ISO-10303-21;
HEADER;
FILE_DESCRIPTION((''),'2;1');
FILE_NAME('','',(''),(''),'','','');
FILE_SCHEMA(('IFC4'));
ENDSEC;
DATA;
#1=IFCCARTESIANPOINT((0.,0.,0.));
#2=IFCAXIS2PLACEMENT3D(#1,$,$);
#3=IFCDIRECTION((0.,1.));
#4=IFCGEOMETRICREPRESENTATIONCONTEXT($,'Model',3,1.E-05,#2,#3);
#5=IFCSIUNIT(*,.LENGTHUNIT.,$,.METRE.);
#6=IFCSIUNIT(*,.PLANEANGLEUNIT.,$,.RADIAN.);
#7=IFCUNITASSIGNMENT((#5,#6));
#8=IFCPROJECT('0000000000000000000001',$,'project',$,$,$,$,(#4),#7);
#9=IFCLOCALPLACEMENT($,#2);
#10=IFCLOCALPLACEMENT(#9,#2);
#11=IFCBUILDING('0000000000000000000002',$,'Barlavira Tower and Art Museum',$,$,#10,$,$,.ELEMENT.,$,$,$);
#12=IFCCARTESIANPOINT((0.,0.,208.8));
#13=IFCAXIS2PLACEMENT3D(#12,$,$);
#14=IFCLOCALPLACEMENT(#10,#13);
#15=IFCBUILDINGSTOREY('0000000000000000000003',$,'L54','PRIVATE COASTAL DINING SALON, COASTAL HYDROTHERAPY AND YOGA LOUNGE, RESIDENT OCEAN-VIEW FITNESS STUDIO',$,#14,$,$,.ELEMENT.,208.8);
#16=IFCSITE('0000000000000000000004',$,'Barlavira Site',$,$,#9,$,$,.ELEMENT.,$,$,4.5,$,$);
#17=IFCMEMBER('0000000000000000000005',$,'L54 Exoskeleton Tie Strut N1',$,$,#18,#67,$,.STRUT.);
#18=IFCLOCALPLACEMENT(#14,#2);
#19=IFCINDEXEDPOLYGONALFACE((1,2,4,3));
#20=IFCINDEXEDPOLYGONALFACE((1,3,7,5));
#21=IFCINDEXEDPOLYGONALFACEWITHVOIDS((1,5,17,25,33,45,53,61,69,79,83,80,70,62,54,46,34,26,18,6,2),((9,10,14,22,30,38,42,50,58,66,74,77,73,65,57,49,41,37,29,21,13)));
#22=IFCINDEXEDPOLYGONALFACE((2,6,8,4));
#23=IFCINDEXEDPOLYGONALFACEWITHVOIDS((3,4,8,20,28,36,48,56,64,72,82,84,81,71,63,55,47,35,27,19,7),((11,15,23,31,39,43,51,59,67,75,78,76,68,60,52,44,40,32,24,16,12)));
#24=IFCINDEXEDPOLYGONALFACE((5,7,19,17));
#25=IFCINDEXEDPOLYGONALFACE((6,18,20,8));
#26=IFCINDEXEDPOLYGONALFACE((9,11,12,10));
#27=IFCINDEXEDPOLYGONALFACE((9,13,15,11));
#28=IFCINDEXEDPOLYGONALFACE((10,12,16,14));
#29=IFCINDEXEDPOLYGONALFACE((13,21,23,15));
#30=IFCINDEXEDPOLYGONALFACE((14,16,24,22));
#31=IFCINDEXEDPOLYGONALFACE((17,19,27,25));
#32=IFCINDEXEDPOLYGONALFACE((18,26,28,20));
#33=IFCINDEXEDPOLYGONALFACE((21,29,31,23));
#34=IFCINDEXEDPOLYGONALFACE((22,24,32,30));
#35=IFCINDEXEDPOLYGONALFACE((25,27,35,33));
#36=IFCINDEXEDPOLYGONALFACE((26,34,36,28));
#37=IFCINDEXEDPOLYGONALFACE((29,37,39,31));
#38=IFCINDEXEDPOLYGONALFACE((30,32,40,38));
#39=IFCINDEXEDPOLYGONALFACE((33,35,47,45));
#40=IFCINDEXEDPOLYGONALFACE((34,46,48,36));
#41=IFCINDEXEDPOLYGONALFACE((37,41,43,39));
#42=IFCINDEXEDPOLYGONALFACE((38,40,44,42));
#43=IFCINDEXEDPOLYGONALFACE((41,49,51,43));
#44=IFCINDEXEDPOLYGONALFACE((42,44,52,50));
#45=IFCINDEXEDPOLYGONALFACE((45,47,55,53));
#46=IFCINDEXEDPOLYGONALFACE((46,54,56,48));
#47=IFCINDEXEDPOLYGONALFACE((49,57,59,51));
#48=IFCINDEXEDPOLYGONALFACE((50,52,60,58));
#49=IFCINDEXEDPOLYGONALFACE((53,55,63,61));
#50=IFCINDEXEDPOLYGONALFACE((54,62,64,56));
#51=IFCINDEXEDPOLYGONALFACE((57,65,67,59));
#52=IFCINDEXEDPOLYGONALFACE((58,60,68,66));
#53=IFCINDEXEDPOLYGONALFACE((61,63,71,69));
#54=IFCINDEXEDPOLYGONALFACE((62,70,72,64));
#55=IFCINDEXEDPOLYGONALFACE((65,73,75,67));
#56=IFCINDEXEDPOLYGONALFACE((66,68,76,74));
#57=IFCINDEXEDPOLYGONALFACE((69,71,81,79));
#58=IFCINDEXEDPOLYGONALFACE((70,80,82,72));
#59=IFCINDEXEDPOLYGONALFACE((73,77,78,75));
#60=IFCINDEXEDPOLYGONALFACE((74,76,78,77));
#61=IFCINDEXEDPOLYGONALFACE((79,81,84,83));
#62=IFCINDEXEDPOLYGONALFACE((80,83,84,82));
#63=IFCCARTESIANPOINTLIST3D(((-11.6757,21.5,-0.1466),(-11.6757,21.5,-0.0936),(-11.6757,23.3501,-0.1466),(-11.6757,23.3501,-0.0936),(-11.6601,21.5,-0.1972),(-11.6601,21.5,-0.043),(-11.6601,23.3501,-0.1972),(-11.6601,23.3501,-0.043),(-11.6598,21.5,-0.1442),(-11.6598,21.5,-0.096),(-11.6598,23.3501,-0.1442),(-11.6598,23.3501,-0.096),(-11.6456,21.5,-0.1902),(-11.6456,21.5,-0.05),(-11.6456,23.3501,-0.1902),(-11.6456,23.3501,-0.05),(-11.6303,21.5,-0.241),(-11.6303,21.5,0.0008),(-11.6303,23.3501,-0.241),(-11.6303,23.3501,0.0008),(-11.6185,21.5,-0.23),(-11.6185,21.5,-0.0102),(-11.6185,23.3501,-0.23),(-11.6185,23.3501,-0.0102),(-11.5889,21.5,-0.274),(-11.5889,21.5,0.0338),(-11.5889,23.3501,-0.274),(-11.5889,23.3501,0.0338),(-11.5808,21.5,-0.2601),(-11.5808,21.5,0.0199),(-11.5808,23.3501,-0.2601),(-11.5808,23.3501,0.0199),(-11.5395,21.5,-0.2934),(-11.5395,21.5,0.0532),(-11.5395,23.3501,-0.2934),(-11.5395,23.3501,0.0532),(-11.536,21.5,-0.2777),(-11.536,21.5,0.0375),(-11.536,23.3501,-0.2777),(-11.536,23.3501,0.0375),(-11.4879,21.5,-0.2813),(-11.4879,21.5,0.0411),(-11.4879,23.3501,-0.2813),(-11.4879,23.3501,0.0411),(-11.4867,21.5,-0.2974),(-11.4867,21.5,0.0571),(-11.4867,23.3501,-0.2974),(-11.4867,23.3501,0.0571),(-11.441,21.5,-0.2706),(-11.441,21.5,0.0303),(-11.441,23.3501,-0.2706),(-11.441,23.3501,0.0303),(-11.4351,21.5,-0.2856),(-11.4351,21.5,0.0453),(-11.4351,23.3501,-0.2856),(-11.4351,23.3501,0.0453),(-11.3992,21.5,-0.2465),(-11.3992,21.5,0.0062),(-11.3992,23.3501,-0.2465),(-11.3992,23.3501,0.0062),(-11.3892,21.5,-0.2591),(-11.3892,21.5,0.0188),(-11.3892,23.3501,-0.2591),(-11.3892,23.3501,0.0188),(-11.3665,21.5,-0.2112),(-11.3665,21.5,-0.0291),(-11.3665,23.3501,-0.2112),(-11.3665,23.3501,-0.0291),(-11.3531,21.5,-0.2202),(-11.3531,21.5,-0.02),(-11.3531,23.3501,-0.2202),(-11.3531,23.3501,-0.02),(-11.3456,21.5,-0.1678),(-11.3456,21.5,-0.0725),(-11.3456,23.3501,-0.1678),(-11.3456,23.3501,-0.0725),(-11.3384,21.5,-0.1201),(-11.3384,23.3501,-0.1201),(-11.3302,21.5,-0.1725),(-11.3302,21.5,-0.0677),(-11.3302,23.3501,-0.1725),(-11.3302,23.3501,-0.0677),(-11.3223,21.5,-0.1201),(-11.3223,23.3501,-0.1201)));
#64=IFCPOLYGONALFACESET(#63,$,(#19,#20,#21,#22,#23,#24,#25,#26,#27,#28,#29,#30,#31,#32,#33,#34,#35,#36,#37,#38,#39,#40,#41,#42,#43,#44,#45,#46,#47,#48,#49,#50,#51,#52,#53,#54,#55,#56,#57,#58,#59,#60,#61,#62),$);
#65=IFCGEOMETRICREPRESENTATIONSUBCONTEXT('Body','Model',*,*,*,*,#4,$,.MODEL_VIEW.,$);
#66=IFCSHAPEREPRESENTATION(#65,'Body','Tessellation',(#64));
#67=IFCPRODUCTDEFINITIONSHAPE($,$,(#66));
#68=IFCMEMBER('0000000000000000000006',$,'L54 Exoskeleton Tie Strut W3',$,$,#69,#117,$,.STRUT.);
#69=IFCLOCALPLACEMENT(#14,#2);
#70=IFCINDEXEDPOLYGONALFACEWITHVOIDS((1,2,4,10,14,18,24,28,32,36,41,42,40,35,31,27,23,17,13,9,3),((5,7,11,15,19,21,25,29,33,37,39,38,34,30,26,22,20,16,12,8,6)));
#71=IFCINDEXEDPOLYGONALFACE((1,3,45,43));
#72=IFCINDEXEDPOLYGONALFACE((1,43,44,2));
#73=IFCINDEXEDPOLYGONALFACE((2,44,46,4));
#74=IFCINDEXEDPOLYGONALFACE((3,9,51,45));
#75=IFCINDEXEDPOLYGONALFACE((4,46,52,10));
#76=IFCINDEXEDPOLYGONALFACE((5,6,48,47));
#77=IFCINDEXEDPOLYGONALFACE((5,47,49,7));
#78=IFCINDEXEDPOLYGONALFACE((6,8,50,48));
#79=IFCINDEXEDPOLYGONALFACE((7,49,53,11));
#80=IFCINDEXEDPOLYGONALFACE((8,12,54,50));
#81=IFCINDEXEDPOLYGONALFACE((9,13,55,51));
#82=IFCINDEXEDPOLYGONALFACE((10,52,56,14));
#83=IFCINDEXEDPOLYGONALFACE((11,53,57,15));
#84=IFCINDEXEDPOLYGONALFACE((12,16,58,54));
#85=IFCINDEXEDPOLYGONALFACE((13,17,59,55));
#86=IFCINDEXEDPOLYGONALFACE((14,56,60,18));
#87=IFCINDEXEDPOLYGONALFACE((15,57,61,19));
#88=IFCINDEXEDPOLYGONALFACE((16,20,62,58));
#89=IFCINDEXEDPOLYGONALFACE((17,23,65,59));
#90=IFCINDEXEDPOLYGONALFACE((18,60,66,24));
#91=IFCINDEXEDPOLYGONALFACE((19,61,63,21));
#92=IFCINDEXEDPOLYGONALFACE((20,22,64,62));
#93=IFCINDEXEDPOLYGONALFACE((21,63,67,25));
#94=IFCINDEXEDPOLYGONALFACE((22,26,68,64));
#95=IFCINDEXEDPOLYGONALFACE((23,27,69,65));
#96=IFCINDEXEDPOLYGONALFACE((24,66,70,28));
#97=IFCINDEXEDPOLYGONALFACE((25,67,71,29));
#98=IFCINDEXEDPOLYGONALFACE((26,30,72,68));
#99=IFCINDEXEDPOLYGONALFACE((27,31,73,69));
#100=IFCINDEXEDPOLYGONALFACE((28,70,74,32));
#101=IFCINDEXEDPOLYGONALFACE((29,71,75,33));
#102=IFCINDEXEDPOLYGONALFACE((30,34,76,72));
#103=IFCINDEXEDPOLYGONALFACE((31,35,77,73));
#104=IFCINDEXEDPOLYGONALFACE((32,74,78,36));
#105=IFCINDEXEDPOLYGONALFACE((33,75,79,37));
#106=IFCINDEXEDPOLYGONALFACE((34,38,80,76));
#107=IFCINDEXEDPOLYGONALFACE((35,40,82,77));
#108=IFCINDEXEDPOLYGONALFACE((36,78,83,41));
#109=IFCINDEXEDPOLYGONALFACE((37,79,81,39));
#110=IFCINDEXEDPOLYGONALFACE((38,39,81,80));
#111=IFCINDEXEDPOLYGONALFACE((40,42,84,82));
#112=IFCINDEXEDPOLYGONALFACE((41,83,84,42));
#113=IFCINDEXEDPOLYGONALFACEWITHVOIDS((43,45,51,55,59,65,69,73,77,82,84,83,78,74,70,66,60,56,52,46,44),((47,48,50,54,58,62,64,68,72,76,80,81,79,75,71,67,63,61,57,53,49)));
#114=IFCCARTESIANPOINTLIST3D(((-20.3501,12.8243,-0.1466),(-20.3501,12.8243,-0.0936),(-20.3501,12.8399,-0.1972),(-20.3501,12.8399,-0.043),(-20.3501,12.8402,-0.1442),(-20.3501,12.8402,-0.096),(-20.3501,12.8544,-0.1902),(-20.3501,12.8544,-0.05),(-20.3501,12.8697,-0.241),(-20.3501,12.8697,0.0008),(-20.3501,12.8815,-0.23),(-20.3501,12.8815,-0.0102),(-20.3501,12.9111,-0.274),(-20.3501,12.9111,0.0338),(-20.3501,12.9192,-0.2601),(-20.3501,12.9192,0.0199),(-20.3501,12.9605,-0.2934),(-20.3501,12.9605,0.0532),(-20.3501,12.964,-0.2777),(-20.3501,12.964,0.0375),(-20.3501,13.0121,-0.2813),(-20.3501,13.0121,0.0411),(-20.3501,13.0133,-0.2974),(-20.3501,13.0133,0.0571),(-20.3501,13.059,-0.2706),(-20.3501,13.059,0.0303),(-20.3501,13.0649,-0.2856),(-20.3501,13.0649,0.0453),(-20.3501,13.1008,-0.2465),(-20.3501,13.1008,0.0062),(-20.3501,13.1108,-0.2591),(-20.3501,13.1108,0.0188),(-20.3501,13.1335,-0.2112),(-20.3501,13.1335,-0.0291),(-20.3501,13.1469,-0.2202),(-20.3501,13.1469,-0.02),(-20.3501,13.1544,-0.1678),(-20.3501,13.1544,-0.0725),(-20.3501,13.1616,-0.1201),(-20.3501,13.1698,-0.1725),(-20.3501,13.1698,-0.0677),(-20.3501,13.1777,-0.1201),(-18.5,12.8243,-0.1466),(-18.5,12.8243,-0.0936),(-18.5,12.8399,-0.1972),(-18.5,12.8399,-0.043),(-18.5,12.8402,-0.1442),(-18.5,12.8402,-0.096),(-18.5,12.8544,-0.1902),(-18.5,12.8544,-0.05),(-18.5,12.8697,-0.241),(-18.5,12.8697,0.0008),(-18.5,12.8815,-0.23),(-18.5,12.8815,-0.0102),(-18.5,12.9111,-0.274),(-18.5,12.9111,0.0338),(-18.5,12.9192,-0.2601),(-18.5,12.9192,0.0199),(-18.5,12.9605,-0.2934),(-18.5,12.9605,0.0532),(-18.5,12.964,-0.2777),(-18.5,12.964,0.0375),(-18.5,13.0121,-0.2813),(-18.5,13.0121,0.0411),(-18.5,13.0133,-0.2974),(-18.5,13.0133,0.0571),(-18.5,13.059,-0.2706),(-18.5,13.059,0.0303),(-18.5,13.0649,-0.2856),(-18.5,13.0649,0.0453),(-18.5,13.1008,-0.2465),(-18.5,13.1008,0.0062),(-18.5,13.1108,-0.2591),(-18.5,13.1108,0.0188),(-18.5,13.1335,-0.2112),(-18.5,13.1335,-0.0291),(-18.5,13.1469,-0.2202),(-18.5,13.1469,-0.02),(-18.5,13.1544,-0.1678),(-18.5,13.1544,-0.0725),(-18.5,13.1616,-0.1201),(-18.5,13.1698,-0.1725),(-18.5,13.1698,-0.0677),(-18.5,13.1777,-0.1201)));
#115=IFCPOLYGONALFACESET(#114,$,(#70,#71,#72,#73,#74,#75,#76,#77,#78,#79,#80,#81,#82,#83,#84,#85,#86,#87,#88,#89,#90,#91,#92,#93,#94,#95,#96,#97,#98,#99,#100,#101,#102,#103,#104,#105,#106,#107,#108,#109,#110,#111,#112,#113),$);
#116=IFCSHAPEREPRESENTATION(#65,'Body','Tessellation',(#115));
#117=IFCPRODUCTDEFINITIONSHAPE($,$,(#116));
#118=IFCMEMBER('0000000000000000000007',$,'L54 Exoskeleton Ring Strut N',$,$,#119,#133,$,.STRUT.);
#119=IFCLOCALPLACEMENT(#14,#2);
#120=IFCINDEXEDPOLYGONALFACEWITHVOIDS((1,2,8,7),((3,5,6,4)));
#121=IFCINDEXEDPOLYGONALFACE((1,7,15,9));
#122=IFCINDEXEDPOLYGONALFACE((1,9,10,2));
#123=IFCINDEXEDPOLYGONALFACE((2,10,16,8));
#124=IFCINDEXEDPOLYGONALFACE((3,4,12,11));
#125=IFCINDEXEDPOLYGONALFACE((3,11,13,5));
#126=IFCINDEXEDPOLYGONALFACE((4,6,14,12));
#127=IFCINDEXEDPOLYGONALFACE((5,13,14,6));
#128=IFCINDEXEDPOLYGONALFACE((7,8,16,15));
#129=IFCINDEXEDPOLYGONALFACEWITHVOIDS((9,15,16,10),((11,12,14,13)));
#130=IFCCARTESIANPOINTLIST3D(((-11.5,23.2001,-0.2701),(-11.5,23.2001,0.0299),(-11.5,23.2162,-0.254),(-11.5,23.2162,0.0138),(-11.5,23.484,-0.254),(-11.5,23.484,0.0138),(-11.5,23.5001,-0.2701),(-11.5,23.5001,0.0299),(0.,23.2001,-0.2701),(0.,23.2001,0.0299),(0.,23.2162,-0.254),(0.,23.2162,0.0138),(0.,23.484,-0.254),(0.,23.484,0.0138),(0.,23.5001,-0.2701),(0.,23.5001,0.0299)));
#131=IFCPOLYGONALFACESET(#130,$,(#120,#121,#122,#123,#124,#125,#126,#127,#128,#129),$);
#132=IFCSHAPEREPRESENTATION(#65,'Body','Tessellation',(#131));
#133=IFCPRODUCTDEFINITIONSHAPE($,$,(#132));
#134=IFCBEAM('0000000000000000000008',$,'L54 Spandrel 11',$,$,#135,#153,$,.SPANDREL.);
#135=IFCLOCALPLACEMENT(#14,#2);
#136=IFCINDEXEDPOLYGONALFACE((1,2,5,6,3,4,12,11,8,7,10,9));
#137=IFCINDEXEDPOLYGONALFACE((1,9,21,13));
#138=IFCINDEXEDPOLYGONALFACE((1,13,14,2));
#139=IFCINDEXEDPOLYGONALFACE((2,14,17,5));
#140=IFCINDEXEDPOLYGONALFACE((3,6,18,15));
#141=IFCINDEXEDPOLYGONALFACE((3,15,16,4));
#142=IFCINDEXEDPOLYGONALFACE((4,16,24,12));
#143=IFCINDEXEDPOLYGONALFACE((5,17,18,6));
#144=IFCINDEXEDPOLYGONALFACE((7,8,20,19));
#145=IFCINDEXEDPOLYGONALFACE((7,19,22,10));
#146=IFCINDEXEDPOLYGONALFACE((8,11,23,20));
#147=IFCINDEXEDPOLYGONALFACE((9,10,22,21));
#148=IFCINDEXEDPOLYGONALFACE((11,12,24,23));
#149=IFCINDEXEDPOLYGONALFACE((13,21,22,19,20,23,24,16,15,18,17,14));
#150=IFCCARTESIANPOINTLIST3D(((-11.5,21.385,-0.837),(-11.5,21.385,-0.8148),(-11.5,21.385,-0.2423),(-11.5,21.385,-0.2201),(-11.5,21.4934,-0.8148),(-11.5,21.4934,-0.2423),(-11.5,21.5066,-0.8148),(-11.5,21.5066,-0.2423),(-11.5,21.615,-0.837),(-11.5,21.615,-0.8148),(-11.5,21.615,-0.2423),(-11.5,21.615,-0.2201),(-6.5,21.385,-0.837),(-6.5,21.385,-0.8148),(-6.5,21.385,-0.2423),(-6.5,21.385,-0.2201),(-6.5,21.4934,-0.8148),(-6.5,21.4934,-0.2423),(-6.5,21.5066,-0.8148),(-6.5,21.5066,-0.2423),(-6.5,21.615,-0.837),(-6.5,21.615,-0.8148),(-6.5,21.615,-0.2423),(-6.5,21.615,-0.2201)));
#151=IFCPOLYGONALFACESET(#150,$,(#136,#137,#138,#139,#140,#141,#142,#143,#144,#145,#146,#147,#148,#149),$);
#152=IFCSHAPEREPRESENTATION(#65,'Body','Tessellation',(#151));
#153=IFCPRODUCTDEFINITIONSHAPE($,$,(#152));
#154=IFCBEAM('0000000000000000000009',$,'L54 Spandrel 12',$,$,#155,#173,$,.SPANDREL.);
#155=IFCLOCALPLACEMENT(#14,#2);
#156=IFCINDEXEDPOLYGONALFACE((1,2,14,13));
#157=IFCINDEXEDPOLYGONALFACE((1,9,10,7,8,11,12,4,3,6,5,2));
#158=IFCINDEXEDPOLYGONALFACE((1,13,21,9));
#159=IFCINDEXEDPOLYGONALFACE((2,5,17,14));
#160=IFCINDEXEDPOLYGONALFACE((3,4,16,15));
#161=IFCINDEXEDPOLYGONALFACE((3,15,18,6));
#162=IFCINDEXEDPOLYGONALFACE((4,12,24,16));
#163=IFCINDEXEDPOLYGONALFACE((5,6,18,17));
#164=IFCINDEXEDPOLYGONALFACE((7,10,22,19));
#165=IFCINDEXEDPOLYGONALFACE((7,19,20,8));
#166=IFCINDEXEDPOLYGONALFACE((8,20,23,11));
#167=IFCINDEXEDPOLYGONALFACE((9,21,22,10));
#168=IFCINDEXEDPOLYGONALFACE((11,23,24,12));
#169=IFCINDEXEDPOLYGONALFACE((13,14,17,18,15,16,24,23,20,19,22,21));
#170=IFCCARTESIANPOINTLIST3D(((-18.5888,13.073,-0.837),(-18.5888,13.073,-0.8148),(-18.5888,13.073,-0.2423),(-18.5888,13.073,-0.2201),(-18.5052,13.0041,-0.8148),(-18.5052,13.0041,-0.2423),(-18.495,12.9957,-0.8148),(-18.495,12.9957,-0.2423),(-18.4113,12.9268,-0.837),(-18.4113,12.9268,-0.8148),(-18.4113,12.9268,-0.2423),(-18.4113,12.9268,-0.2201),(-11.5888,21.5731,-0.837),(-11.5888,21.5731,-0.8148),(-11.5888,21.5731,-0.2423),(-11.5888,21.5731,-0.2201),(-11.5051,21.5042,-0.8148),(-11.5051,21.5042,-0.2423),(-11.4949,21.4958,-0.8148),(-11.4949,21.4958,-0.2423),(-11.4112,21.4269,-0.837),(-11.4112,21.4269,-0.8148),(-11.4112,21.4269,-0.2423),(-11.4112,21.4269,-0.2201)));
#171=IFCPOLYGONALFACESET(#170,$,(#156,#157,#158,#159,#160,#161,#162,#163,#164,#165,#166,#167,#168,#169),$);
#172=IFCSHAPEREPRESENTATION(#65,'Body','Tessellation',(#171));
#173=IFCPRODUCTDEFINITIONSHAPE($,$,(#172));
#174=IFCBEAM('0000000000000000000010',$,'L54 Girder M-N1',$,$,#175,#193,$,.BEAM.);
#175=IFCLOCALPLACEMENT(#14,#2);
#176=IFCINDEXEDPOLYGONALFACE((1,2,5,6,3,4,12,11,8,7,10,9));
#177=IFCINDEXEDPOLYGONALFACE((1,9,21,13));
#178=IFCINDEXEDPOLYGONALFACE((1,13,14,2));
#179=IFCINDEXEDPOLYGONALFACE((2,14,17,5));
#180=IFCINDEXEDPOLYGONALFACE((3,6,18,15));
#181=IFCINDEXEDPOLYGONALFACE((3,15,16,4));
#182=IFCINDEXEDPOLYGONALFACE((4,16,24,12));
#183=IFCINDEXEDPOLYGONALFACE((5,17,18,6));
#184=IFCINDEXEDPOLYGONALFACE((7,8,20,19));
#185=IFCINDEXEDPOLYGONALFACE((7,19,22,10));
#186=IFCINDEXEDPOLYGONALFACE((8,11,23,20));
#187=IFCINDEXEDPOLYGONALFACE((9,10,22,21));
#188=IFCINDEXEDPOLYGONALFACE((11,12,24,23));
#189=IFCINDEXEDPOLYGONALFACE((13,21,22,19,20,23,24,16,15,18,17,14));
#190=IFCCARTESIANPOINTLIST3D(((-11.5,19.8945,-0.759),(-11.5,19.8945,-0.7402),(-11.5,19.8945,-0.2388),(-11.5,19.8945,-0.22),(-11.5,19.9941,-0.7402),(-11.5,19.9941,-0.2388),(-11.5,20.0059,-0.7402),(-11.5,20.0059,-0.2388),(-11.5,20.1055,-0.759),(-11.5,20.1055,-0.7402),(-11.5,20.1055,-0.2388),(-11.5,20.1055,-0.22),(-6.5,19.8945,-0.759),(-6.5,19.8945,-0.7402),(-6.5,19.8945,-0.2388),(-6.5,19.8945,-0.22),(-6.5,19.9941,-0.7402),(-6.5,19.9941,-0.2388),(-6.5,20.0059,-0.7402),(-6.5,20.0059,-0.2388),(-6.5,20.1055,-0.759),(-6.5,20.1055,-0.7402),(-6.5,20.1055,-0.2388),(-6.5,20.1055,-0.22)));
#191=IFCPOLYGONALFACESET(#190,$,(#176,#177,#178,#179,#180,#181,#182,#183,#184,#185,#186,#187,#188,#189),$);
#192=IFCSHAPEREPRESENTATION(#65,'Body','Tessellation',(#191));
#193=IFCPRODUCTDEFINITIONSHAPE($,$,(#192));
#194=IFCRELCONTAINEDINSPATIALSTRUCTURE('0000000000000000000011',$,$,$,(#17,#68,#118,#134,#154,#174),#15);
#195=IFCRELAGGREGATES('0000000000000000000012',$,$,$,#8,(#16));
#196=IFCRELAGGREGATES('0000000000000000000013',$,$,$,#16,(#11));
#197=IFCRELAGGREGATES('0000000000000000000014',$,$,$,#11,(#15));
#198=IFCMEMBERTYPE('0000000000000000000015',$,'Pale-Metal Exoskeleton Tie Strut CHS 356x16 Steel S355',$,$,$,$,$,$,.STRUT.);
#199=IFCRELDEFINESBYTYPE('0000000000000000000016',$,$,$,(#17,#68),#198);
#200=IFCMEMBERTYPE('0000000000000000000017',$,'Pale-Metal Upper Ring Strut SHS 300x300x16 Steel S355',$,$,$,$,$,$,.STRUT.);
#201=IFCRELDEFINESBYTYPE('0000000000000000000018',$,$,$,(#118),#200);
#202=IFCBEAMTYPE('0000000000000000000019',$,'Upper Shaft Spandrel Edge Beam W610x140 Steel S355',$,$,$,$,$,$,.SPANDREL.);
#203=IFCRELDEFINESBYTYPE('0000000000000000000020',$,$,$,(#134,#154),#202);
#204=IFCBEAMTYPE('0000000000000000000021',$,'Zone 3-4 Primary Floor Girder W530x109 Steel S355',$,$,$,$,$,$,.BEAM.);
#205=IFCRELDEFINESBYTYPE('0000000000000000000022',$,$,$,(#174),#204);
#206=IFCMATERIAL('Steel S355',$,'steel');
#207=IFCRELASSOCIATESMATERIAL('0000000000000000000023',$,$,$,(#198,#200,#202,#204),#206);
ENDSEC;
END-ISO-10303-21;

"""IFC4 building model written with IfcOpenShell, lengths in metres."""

from ifc_helpers import new_model, si_unit, direction, frame, origin, origin_2d, place, context, subcontext, project, spatial, hollow_rectangle, hollow_circle, i_section, extrude, material, material_profile, profile_set, type_object, element, save


model = new_model("IFC4")

# Units and contexts
model_context = context("Model", 3, precision=1e-05, world=origin(), true_north=direction((0.0, 1.0)))
body_context = subcontext(model_context, "Body", "Model", "MODEL_VIEW")
ifc_project = project(units=[si_unit("LENGTHUNIT", "METRE"), si_unit("PLANEANGLEUNIT", "RADIAN")], contexts=[model_context])

# Site, building, storey
site_placement = place(None, origin())
site = spatial("IfcSite", under=ifc_project, at=site_placement, Name="Barlavira Site", CompositionType="ELEMENT", RefElevation=4.5)
building_placement = place(site_placement, origin())
building = spatial("IfcBuilding", under=site, at=building_placement, Name="Barlavira Tower and Art Museum", CompositionType="ELEMENT")
storey_placement = place(building_placement, frame((0.0, 0.0, 208.8)))
storey = spatial("IfcBuildingStorey", under=building, at=storey_placement, Name="L54", Description="PRIVATE COASTAL DINING SALON, COASTAL HYDROTHERAPY AND YOGA LOUNGE, RESIDENT OCEAN-VIEW FITNESS STUDIO", CompositionType="ELEMENT", Elevation=208.8)

# Members
ifc_material_1 = material(Name="Steel S355", Category="steel")
ifc_material_profile_1 = material_profile(ifc_material_1, hollow_circle(Radius=0.1777, WallThickness=0.0161, at=origin_2d()), Name="CHS 355.6x16.0")
ifc_profile_set_1 = profile_set([ifc_material_profile_1], Name="Steel S355")
member_type_1 = type_object("IfcMemberType", Name="Pale-Metal Exoskeleton Tie Strut CHS 356x16 Steel S355", PredefinedType="STRUT", material=ifc_profile_set_1)
for number, where, z_axis, x_axis, name in (
    (1, (-11.5, 23.3501, -0.1201), (0.0, -1.0, 0.0), (1.0, 0.0, 0.0), "L54 Exoskeleton Tie Strut N1"),
    (2, (-20.3501, 13.0, -0.1201), (1.0, 0.0, 0.0), (0.0, 1.0, 0.0), "L54 Exoskeleton Tie Strut W3"),
):
    element("IfcMember", number, at=place(storey_placement, frame(where, z_axis=z_axis, x_axis=x_axis)), inside=storey, type_object=member_type_1, Name=name, PredefinedType="STRUT", context=body_context, shape_type="SweptSolid", body=[
        extrude(hollow_circle(Radius=0.1777, WallThickness=0.0161, at=origin_2d()), origin(), (0.0, 0.0, 1.0), 1.8501),
    ])
ifc_material_profile_2 = material_profile(ifc_material_1, hollow_rectangle(XDim=0.3, YDim=0.3, WallThickness=0.0161, at=origin_2d()), Name="SHS 300x300x16.0")
ifc_profile_set_2 = profile_set([ifc_material_profile_2], Name="Steel S355")
member_type_2 = type_object("IfcMemberType", Name="Pale-Metal Upper Ring Strut SHS 300x300x16 Steel S355", PredefinedType="STRUT", material=ifc_profile_set_2)
member_1_placement = place(storey_placement, frame((-11.5, 23.3501, -0.1201), z_axis=(1.0, 0.0, 0.0), x_axis=(0.0, 1.0, 0.0)))
element("IfcMember", 3, at=member_1_placement, inside=storey, type_object=member_type_2, Name="L54 Exoskeleton Ring Strut N", PredefinedType="STRUT", context=body_context, shape_type="SweptSolid", body=[
    extrude(hollow_rectangle(XDim=0.3, YDim=0.3, WallThickness=0.0161, at=origin_2d()), origin(), (0.0, 0.0, 1.0), 11.5),
])

# Beams
ifc_material_profile_3 = material_profile(ifc_material_1, i_section(OverallWidth=0.23, OverallDepth=0.6169, WebThickness=0.0132, FlangeThickness=0.0222, at=origin_2d()), Name="W610x140.0")
ifc_profile_set_3 = profile_set([ifc_material_profile_3], Name="Steel S355")
beam_type_1 = type_object("IfcBeamType", Name="Upper Shaft Spandrel Edge Beam W610x140 Steel S355", PredefinedType="SPANDREL", material=ifc_profile_set_3)
beam_1_placement = place(storey_placement, frame((-11.5, 21.5, -0.5286), z_axis=(1.0, 0.0, 0.0), x_axis=(0.0, 1.0, 0.0)))
element("IfcBeam", 4, at=beam_1_placement, inside=storey, type_object=beam_type_1, Name="L54 Spandrel 11", PredefinedType="SPANDREL", context=body_context, shape_type="SweptSolid", body=[
    extrude(i_section(OverallWidth=0.23, OverallDepth=0.6169, WebThickness=0.0132, FlangeThickness=0.0222, at=origin_2d()), origin(), (0.0, 0.0, 1.0), 5.0),
])
beam_2_placement = place(storey_placement, frame((-11.5, 21.5, -0.5286), z_axis=(-0.635707, -0.77193, 0.0), x_axis=(0.77193, -0.635707, 0.0)))
element("IfcBeam", 5, at=beam_2_placement, inside=storey, type_object=beam_type_1, Name="L54 Spandrel 12", PredefinedType="SPANDREL", context=body_context, shape_type="SweptSolid", body=[
    extrude(i_section(OverallWidth=0.23, OverallDepth=0.6169, WebThickness=0.0132, FlangeThickness=0.0222, at=origin_2d()), origin(), (0.0, 0.0, 1.0), 11.0115),
])
ifc_material_profile_4 = material_profile(ifc_material_1, i_section(OverallWidth=0.2109, OverallDepth=0.5391, WebThickness=0.0117, FlangeThickness=0.0188, at=origin_2d()), Name="W530x109.0")
ifc_profile_set_4 = profile_set([ifc_material_profile_4], Name="Steel S355")
beam_type_2 = type_object("IfcBeamType", Name="Zone 3-4 Primary Floor Girder W530x109 Steel S355", PredefinedType="BEAM", material=ifc_profile_set_4)
beam_3_placement = place(storey_placement, frame((-11.5, 20.0, -0.4895), z_axis=(1.0, 0.0, 0.0), x_axis=(0.0, 1.0, 0.0)))
element("IfcBeam", 6, at=beam_3_placement, inside=storey, type_object=beam_type_2, Name="L54 Girder M-N1", PredefinedType="BEAM", context=body_context, shape_type="SweptSolid", body=[
    extrude(i_section(OverallWidth=0.2109, OverallDepth=0.5391, WebThickness=0.0117, FlangeThickness=0.0188, at=origin_2d()), origin(), (0.0, 0.0, 1.0), 5.0),
])

save(model, "model.ifc")
